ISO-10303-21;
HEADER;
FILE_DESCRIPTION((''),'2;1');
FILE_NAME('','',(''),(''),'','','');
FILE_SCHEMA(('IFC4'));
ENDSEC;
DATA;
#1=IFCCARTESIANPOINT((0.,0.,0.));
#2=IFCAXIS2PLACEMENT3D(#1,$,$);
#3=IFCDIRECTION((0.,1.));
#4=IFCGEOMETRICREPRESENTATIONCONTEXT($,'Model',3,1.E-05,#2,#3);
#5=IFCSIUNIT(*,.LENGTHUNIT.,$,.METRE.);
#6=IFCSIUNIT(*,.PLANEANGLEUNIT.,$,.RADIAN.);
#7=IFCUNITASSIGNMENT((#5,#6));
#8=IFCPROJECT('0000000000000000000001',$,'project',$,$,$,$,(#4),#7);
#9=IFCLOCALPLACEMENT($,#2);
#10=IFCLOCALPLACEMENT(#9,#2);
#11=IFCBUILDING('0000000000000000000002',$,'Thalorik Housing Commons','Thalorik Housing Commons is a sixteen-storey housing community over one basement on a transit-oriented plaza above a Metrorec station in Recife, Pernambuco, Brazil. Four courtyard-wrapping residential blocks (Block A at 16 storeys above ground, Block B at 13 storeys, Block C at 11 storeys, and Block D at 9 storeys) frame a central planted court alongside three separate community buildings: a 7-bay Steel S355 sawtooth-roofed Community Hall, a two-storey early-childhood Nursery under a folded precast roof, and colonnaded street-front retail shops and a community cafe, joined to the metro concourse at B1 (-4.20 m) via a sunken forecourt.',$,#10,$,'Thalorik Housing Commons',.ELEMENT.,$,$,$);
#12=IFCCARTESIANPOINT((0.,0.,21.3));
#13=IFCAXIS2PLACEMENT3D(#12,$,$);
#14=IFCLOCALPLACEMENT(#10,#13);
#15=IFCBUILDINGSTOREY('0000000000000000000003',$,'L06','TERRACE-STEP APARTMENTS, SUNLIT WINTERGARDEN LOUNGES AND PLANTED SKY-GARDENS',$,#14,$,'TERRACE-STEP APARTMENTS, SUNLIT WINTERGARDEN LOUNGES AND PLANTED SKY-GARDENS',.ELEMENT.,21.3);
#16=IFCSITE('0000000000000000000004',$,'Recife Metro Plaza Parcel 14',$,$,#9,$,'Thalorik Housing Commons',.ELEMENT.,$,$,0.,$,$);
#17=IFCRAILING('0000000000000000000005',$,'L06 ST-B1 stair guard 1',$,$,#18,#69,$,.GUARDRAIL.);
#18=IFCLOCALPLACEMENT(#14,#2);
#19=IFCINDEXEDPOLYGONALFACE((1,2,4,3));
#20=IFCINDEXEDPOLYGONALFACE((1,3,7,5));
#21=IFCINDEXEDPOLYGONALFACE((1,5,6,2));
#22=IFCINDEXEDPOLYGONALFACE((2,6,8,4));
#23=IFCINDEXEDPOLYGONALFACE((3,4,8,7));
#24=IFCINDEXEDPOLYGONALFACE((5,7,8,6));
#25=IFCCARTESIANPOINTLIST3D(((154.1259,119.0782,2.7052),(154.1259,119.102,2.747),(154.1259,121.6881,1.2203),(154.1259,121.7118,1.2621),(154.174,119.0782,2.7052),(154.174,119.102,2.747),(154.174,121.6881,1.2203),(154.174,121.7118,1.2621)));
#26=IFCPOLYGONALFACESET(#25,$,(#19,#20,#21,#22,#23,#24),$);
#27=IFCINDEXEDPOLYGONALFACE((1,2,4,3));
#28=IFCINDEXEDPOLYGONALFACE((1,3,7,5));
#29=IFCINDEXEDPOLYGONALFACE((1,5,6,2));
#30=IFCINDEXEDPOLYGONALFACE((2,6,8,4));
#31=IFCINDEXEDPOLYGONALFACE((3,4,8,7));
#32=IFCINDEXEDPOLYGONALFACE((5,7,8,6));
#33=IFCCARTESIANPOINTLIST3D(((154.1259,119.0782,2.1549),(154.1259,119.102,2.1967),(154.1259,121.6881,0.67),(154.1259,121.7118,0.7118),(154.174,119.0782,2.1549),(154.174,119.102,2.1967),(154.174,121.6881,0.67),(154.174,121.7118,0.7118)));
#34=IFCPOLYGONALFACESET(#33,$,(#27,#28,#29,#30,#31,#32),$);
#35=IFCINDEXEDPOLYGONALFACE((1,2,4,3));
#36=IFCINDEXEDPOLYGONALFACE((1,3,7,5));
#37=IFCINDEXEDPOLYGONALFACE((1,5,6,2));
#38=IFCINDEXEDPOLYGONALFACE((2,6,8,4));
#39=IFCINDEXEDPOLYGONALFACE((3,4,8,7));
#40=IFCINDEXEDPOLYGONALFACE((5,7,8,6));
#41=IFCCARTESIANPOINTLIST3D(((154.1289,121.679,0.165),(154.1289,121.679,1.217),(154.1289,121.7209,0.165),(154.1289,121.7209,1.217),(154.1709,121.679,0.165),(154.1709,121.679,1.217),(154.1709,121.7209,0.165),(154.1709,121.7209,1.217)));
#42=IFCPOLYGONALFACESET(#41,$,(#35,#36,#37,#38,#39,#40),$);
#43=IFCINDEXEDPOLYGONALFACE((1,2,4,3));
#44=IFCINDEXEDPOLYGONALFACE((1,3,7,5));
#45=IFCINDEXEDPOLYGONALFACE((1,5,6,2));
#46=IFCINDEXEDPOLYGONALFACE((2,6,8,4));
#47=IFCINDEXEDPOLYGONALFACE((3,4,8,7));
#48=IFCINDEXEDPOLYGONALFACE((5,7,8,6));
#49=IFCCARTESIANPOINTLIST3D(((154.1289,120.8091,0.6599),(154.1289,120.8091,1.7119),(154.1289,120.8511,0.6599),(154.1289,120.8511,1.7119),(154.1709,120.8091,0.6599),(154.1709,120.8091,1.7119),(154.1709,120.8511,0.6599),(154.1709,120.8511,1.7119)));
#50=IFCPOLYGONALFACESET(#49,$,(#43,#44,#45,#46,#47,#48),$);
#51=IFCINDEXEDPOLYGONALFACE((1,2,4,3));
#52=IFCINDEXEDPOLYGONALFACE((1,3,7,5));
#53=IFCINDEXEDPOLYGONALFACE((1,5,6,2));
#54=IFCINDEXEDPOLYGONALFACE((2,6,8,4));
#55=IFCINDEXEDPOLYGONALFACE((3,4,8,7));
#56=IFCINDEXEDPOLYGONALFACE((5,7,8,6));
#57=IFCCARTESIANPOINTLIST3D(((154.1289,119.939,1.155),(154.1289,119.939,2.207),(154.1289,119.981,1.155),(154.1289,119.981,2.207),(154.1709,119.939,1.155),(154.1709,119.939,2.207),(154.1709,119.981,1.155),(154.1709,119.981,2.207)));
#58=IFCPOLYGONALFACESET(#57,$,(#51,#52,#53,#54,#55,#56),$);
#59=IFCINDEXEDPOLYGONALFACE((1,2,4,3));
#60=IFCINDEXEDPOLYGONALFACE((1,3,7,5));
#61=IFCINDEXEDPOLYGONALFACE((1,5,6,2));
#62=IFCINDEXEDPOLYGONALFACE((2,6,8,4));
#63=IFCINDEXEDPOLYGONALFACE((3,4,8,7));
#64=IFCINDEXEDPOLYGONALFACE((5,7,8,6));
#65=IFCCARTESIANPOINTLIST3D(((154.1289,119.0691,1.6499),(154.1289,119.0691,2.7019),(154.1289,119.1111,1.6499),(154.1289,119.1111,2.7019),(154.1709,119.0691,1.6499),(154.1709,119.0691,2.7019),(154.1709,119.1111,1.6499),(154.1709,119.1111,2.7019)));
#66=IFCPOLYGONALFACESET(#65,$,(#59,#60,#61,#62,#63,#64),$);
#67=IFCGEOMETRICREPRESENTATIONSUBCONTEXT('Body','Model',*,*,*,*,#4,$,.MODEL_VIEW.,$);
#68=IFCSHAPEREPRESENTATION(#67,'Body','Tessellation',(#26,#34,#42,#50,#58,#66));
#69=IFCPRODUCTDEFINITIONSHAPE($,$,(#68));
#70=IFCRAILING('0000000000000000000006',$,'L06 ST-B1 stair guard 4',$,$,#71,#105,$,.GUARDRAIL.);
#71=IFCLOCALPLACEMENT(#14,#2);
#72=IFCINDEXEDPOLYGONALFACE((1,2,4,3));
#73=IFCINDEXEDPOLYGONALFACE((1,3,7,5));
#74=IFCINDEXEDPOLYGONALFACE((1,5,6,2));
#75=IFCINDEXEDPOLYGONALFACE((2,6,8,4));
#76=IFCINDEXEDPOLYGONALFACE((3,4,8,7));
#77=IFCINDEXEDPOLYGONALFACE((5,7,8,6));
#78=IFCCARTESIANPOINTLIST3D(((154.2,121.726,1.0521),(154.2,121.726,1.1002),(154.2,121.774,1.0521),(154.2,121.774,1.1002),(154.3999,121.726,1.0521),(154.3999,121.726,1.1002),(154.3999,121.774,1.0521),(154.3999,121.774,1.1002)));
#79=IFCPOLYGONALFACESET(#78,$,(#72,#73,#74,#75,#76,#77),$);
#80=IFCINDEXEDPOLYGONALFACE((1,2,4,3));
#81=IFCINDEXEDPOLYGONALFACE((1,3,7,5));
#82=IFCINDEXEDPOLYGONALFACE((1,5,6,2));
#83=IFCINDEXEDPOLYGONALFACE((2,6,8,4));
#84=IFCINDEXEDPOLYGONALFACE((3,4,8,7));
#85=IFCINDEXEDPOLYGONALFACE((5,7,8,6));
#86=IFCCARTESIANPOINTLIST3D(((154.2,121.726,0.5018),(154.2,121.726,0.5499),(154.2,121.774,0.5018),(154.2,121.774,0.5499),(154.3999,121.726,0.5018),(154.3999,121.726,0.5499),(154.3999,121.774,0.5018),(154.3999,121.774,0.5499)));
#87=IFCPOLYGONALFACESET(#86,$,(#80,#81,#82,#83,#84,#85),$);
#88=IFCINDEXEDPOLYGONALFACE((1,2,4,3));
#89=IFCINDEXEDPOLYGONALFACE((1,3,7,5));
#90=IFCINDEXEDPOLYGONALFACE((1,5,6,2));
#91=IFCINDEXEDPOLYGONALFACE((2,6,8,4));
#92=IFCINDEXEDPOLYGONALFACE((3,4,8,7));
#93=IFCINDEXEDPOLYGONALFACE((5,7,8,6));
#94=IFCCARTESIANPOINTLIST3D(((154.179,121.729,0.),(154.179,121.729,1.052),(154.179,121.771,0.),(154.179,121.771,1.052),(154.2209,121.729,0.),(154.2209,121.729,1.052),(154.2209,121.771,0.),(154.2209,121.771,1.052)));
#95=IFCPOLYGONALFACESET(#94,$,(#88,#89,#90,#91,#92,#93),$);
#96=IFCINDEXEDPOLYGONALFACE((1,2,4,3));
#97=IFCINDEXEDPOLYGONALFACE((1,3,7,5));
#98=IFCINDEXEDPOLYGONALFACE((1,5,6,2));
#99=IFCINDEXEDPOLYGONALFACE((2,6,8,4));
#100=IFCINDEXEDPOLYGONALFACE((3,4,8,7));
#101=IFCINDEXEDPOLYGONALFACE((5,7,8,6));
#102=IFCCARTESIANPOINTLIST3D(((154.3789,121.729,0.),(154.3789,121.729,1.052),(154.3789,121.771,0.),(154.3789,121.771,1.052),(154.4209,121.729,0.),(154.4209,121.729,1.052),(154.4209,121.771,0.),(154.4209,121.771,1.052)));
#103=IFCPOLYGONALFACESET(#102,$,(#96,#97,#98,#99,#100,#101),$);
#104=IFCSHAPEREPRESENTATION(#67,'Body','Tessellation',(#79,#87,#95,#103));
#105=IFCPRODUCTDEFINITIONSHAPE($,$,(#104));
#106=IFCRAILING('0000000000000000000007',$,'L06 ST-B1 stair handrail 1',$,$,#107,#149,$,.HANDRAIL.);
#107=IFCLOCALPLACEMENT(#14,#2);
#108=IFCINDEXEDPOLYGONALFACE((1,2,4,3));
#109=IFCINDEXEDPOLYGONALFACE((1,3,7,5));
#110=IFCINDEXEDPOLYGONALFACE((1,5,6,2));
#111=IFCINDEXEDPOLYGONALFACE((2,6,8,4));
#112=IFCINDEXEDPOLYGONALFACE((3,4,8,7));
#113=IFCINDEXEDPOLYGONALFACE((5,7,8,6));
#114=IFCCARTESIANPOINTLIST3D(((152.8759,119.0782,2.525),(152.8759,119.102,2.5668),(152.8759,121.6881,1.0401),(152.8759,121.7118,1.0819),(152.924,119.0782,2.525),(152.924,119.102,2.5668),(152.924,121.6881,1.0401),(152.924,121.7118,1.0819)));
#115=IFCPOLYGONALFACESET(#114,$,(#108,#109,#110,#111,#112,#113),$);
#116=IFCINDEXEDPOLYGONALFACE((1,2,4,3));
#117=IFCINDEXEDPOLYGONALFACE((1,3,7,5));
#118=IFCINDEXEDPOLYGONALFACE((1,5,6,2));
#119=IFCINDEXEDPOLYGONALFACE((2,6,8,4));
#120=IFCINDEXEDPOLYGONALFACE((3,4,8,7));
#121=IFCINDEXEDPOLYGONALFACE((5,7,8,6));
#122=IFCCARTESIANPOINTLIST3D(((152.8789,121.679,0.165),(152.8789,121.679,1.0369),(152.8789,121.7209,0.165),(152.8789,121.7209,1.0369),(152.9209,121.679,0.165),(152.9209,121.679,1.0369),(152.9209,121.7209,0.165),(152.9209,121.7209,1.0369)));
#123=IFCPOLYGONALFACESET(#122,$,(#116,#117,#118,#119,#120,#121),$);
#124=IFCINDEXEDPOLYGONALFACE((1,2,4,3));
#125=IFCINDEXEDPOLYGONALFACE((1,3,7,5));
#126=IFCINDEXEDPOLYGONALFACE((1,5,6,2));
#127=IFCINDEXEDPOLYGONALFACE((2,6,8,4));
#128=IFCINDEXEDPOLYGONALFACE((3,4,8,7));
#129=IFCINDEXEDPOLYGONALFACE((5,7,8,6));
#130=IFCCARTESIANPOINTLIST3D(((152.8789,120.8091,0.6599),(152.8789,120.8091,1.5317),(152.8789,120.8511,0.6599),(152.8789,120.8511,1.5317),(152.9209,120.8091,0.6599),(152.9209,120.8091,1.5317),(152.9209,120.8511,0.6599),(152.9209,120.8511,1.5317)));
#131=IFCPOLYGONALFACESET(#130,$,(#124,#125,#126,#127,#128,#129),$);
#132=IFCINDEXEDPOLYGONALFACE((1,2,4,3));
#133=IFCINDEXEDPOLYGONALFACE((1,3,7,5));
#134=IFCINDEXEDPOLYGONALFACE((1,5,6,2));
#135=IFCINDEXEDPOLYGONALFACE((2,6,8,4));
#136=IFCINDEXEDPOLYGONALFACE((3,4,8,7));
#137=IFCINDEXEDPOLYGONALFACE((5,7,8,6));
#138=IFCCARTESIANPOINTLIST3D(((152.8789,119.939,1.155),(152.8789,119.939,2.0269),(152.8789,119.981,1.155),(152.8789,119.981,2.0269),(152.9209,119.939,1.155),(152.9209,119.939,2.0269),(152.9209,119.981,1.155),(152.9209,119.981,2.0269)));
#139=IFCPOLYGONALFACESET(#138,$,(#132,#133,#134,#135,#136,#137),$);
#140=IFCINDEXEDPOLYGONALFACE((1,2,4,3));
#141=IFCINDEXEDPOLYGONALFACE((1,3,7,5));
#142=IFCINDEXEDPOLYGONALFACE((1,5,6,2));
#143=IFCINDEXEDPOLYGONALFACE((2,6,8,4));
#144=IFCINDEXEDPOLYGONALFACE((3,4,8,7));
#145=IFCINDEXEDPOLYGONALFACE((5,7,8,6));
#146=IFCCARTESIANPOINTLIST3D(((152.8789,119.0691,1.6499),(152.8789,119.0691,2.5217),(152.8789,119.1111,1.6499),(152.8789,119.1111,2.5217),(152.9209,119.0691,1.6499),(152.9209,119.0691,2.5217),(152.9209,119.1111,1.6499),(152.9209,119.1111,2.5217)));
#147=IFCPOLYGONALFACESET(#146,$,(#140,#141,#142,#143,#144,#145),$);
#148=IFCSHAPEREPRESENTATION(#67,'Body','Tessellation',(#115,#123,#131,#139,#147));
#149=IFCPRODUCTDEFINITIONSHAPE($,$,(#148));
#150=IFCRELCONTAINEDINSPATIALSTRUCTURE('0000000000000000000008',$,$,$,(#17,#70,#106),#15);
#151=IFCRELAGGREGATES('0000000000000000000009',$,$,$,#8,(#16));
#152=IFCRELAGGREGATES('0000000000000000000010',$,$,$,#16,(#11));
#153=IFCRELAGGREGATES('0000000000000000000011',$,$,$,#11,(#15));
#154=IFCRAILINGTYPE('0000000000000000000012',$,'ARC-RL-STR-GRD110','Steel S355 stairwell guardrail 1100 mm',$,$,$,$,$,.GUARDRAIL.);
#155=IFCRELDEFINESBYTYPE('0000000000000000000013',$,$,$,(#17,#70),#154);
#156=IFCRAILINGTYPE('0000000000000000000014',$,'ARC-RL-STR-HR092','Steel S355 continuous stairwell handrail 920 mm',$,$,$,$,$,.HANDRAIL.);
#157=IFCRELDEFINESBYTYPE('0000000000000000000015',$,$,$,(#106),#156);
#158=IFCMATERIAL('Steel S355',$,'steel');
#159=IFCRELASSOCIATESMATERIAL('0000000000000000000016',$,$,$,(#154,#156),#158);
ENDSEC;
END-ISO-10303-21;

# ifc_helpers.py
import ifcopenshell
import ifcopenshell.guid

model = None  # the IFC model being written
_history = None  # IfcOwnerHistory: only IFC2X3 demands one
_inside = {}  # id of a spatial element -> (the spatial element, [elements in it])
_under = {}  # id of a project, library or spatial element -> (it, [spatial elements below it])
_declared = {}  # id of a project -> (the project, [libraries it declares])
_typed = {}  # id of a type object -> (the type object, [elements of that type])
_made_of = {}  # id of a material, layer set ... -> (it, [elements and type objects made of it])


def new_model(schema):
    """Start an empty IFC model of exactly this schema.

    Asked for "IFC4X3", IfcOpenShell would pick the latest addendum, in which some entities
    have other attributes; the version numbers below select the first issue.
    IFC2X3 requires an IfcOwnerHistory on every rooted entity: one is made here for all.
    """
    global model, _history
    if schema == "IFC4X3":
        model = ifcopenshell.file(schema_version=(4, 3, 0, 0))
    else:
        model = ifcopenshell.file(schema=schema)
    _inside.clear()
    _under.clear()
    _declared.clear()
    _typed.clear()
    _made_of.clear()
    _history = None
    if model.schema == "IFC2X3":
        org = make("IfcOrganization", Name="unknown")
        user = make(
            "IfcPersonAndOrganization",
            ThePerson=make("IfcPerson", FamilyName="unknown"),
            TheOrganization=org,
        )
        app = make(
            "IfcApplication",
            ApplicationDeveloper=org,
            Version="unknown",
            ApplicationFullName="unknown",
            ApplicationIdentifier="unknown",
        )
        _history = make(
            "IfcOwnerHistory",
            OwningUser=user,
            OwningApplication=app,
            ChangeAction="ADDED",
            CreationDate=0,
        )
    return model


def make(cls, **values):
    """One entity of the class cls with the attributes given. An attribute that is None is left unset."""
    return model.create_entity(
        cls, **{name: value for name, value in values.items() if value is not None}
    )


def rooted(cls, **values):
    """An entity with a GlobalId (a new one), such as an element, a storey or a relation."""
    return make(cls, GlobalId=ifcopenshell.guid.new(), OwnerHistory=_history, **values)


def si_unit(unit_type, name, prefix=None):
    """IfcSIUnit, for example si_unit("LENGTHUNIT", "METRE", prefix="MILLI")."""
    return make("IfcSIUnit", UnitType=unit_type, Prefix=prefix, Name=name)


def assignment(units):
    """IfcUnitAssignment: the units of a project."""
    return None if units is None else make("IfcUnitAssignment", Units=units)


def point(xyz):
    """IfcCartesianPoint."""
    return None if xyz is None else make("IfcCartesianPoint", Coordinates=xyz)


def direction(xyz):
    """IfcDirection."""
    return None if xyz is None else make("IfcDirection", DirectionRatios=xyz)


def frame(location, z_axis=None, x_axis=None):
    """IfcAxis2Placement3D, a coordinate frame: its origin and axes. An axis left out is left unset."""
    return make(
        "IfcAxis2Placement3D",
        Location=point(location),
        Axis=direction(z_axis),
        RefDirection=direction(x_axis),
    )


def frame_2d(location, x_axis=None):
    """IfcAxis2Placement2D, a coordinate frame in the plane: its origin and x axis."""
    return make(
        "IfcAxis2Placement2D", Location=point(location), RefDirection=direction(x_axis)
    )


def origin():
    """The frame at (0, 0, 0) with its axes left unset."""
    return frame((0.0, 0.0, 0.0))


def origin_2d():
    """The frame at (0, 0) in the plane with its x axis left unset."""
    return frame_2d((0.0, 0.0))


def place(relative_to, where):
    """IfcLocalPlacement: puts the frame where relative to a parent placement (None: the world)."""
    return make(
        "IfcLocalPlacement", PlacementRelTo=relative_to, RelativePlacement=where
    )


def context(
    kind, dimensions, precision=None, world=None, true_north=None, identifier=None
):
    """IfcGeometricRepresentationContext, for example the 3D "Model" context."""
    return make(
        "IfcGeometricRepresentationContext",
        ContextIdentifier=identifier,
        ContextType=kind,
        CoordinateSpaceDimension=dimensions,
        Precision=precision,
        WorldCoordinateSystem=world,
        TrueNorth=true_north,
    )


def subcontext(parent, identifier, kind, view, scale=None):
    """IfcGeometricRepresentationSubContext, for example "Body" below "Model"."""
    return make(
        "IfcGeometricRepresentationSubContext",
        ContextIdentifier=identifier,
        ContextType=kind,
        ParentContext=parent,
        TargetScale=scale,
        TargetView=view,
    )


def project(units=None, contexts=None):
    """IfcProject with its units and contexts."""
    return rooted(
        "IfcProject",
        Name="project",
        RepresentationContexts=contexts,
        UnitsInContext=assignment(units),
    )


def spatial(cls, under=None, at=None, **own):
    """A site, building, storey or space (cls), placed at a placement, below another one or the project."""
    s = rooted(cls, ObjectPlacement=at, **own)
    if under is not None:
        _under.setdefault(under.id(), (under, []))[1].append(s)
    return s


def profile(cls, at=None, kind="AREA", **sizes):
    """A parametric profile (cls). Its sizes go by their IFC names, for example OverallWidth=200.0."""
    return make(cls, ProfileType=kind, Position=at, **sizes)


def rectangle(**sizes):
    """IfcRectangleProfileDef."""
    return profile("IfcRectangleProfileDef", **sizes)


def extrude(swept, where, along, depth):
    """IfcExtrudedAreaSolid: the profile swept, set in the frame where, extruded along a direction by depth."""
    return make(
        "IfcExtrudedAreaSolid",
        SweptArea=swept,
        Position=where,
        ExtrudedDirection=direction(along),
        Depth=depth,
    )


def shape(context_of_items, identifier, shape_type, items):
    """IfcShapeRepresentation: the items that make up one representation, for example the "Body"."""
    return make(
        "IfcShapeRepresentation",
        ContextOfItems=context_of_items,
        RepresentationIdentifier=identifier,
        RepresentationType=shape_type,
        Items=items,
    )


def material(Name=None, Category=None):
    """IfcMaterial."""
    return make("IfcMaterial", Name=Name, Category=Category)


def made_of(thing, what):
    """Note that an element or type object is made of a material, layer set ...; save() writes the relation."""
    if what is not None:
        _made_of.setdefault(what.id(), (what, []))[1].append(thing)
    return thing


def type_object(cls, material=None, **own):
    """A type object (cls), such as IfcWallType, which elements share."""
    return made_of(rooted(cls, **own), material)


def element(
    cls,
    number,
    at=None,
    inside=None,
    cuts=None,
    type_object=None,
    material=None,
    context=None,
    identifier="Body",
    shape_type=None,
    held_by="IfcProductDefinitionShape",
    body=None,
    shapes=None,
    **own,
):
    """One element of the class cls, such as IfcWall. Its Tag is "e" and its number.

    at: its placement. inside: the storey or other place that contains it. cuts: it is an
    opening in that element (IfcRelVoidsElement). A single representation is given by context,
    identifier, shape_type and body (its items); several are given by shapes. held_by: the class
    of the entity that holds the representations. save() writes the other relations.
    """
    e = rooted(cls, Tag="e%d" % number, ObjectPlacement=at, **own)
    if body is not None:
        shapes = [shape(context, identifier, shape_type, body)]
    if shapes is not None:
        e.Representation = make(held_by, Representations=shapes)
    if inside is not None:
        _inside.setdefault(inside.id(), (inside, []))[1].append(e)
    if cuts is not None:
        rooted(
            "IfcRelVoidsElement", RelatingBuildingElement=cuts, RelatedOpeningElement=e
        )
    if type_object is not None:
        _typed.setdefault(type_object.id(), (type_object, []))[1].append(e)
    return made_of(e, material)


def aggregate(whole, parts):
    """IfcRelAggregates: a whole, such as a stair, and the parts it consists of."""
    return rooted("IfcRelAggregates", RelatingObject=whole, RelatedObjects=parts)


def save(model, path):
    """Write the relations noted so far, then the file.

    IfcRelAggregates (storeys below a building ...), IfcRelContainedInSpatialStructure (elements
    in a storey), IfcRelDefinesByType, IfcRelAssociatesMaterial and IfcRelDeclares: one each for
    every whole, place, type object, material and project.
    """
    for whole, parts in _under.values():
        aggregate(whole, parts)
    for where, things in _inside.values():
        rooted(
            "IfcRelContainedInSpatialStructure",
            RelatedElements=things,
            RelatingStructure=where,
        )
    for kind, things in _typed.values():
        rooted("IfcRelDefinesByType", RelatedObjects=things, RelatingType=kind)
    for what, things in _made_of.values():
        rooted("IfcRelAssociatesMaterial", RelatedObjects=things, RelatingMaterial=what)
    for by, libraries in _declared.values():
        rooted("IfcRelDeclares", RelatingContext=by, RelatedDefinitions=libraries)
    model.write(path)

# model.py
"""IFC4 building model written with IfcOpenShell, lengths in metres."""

from ifc_helpers import new_model, si_unit, direction, frame, origin, origin_2d, place, context, subcontext, project, spatial, rectangle, extrude, material, type_object, element, save


model = new_model("IFC4")

# Units and contexts
model_context = context("Model", 3, precision=1e-05, world=origin(), true_north=direction((0.0, 1.0)))
body_context = subcontext(model_context, "Body", "Model", "MODEL_VIEW")
ifc_project = project(units=[si_unit("LENGTHUNIT", "METRE"), si_unit("PLANEANGLEUNIT", "RADIAN")], contexts=[model_context])

# Site, building, storey
site_placement = place(None, origin())
site = spatial("IfcSite", under=ifc_project, at=site_placement, Name="Recife Metro Plaza Parcel 14", LongName="Thalorik Housing Commons", CompositionType="ELEMENT", RefElevation=0.0)
building_placement = place(site_placement, origin())
building = spatial("IfcBuilding", under=site, at=building_placement, Name="Thalorik Housing Commons", Description="Thalorik Housing Commons is a sixteen-storey housing community over one basement on a transit-oriented plaza above a Metrorec station in Recife, Pernambuco, Brazil. Four courtyard-wrapping residential blocks (Block A at 16 storeys above ground, Block B at 13 storeys, Block C at 11 storeys, and Block D at 9 storeys) frame a central planted court alongside three separate community buildings: a 7-bay Steel S355 sawtooth-roofed Community Hall, a two-storey early-childhood Nursery under a folded precast roof, and colonnaded street-front retail shops and a community cafe, joined to the metro concourse at B1 (-4.20 m) via a sunken forecourt.", LongName="Thalorik Housing Commons", CompositionType="ELEMENT")
storey_placement = place(building_placement, frame((0.0, 0.0, 21.3)))
storey = spatial("IfcBuildingStorey", under=building, at=storey_placement, Name="L06", Description="TERRACE-STEP APARTMENTS, SUNLIT WINTERGARDEN LOUNGES AND PLANTED SKY-GARDENS", LongName="TERRACE-STEP APARTMENTS, SUNLIT WINTERGARDEN LOUNGES AND PLANTED SKY-GARDENS", CompositionType="ELEMENT", Elevation=21.3)

# Shared definitions
ifc_material_1 = material(Name="Steel S355", Category="steel")

# Railings
railing_type_1 = type_object("IfcRailingType", Name="ARC-RL-STR-GRD110", Description="Steel S355 stairwell guardrail 1100 mm", PredefinedType="GUARDRAIL", material=ifc_material_1)
railing_1_placement = place(storey_placement, frame((154.1499, 121.7, 0.165)))
element("IfcRailing", 1, at=railing_1_placement, inside=storey, type_object=railing_type_1, Name="L06 ST-B1 stair guard 1", PredefinedType="GUARDRAIL", context=body_context, shape_type="SweptSolid", body=[
    extrude(rectangle(XDim=0.0481, YDim=0.0481, at=origin_2d()), frame((0.0, 0.0, 1.0762), z_axis=(0.0, -0.869172, 0.494509), x_axis=(1.0, 0.0, 0.0)), (0.0, 0.0, 1.0), 3.0027),
    extrude(rectangle(XDim=0.0481, YDim=0.0481, at=origin_2d()), frame((0.0, 0.0, 0.5259), z_axis=(0.0, -0.869172, 0.494509), x_axis=(1.0, 0.0, 0.0)), (0.0, 0.0, 1.0), 3.0027),
    extrude(rectangle(XDim=0.042, YDim=0.042, at=origin_2d()), origin(), (0.0, 0.0, 1.0), 1.052),
    extrude(rectangle(XDim=0.042, YDim=0.042, at=origin_2d()), frame((0.0, -0.8699, 0.4949)), (0.0, 0.0, 1.0), 1.052),
    extrude(rectangle(XDim=0.042, YDim=0.042, at=origin_2d()), frame((0.0, -1.74, 0.99)), (0.0, 0.0, 1.0), 1.052),
    extrude(rectangle(XDim=0.042, YDim=0.042, at=origin_2d()), frame((0.0, -2.6099, 1.4849)), (0.0, 0.0, 1.0), 1.052),
])
railing_2_placement = place(storey_placement, frame((154.2, 121.75, 0.0)))
element("IfcRailing", 2, at=railing_2_placement, inside=storey, type_object=railing_type_1, Name="L06 ST-B1 stair guard 4", PredefinedType="GUARDRAIL", context=body_context, shape_type="SweptSolid", body=[
    extrude(rectangle(XDim=0.0481, YDim=0.0481, at=origin_2d()), frame((0.0, 0.0, 1.0762), z_axis=(1.0, 0.0, 0.0), x_axis=(0.0, 1.0, 0.0)), (0.0, 0.0, 1.0), 0.2),
    extrude(rectangle(XDim=0.0481, YDim=0.0481, at=origin_2d()), frame((0.0, 0.0, 0.5259), z_axis=(1.0, 0.0, 0.0), x_axis=(0.0, 1.0, 0.0)), (0.0, 0.0, 1.0), 0.2),
    extrude(rectangle(XDim=0.042, YDim=0.042, at=origin_2d()), origin(), (0.0, 0.0, 1.0), 1.052),
    extrude(rectangle(XDim=0.042, YDim=0.042, at=origin_2d()), frame((0.2, 0.0, 0.0)), (0.0, 0.0, 1.0), 1.052),
])
railing_type_2 = type_object("IfcRailingType", Name="ARC-RL-STR-HR092", Description="Steel S355 continuous stairwell handrail 920 mm", PredefinedType="HANDRAIL", material=ifc_material_1)
railing_3_placement = place(storey_placement, frame((152.8999, 121.7, 0.165)))
element("IfcRailing", 3, at=railing_3_placement, inside=storey, type_object=railing_type_2, Name="L06 ST-B1 stair handrail 1", PredefinedType="HANDRAIL", context=body_context, shape_type="SweptSolid", body=[
    extrude(rectangle(XDim=0.0481, YDim=0.0481, at=origin_2d()), frame((0.0, 0.0, 0.896), z_axis=(0.0, -0.869172, 0.494509), x_axis=(1.0, 0.0, 0.0)), (0.0, 0.0, 1.0), 3.0027),
    extrude(rectangle(XDim=0.042, YDim=0.042, at=origin_2d()), origin(), (0.0, 0.0, 1.0), 0.8718),
    extrude(rectangle(XDim=0.042, YDim=0.042, at=origin_2d()), frame((0.0, -0.8699, 0.4949)), (0.0, 0.0, 1.0), 0.8718),
    extrude(rectangle(XDim=0.042, YDim=0.042, at=origin_2d()), frame((0.0, -1.74, 0.99)), (0.0, 0.0, 1.0), 0.8718),
    extrude(rectangle(XDim=0.042, YDim=0.042, at=origin_2d()), frame((0.0, -2.6099, 1.4849)), (0.0, 0.0, 1.0), 0.8718),
])

save(model, "model.ifc")
